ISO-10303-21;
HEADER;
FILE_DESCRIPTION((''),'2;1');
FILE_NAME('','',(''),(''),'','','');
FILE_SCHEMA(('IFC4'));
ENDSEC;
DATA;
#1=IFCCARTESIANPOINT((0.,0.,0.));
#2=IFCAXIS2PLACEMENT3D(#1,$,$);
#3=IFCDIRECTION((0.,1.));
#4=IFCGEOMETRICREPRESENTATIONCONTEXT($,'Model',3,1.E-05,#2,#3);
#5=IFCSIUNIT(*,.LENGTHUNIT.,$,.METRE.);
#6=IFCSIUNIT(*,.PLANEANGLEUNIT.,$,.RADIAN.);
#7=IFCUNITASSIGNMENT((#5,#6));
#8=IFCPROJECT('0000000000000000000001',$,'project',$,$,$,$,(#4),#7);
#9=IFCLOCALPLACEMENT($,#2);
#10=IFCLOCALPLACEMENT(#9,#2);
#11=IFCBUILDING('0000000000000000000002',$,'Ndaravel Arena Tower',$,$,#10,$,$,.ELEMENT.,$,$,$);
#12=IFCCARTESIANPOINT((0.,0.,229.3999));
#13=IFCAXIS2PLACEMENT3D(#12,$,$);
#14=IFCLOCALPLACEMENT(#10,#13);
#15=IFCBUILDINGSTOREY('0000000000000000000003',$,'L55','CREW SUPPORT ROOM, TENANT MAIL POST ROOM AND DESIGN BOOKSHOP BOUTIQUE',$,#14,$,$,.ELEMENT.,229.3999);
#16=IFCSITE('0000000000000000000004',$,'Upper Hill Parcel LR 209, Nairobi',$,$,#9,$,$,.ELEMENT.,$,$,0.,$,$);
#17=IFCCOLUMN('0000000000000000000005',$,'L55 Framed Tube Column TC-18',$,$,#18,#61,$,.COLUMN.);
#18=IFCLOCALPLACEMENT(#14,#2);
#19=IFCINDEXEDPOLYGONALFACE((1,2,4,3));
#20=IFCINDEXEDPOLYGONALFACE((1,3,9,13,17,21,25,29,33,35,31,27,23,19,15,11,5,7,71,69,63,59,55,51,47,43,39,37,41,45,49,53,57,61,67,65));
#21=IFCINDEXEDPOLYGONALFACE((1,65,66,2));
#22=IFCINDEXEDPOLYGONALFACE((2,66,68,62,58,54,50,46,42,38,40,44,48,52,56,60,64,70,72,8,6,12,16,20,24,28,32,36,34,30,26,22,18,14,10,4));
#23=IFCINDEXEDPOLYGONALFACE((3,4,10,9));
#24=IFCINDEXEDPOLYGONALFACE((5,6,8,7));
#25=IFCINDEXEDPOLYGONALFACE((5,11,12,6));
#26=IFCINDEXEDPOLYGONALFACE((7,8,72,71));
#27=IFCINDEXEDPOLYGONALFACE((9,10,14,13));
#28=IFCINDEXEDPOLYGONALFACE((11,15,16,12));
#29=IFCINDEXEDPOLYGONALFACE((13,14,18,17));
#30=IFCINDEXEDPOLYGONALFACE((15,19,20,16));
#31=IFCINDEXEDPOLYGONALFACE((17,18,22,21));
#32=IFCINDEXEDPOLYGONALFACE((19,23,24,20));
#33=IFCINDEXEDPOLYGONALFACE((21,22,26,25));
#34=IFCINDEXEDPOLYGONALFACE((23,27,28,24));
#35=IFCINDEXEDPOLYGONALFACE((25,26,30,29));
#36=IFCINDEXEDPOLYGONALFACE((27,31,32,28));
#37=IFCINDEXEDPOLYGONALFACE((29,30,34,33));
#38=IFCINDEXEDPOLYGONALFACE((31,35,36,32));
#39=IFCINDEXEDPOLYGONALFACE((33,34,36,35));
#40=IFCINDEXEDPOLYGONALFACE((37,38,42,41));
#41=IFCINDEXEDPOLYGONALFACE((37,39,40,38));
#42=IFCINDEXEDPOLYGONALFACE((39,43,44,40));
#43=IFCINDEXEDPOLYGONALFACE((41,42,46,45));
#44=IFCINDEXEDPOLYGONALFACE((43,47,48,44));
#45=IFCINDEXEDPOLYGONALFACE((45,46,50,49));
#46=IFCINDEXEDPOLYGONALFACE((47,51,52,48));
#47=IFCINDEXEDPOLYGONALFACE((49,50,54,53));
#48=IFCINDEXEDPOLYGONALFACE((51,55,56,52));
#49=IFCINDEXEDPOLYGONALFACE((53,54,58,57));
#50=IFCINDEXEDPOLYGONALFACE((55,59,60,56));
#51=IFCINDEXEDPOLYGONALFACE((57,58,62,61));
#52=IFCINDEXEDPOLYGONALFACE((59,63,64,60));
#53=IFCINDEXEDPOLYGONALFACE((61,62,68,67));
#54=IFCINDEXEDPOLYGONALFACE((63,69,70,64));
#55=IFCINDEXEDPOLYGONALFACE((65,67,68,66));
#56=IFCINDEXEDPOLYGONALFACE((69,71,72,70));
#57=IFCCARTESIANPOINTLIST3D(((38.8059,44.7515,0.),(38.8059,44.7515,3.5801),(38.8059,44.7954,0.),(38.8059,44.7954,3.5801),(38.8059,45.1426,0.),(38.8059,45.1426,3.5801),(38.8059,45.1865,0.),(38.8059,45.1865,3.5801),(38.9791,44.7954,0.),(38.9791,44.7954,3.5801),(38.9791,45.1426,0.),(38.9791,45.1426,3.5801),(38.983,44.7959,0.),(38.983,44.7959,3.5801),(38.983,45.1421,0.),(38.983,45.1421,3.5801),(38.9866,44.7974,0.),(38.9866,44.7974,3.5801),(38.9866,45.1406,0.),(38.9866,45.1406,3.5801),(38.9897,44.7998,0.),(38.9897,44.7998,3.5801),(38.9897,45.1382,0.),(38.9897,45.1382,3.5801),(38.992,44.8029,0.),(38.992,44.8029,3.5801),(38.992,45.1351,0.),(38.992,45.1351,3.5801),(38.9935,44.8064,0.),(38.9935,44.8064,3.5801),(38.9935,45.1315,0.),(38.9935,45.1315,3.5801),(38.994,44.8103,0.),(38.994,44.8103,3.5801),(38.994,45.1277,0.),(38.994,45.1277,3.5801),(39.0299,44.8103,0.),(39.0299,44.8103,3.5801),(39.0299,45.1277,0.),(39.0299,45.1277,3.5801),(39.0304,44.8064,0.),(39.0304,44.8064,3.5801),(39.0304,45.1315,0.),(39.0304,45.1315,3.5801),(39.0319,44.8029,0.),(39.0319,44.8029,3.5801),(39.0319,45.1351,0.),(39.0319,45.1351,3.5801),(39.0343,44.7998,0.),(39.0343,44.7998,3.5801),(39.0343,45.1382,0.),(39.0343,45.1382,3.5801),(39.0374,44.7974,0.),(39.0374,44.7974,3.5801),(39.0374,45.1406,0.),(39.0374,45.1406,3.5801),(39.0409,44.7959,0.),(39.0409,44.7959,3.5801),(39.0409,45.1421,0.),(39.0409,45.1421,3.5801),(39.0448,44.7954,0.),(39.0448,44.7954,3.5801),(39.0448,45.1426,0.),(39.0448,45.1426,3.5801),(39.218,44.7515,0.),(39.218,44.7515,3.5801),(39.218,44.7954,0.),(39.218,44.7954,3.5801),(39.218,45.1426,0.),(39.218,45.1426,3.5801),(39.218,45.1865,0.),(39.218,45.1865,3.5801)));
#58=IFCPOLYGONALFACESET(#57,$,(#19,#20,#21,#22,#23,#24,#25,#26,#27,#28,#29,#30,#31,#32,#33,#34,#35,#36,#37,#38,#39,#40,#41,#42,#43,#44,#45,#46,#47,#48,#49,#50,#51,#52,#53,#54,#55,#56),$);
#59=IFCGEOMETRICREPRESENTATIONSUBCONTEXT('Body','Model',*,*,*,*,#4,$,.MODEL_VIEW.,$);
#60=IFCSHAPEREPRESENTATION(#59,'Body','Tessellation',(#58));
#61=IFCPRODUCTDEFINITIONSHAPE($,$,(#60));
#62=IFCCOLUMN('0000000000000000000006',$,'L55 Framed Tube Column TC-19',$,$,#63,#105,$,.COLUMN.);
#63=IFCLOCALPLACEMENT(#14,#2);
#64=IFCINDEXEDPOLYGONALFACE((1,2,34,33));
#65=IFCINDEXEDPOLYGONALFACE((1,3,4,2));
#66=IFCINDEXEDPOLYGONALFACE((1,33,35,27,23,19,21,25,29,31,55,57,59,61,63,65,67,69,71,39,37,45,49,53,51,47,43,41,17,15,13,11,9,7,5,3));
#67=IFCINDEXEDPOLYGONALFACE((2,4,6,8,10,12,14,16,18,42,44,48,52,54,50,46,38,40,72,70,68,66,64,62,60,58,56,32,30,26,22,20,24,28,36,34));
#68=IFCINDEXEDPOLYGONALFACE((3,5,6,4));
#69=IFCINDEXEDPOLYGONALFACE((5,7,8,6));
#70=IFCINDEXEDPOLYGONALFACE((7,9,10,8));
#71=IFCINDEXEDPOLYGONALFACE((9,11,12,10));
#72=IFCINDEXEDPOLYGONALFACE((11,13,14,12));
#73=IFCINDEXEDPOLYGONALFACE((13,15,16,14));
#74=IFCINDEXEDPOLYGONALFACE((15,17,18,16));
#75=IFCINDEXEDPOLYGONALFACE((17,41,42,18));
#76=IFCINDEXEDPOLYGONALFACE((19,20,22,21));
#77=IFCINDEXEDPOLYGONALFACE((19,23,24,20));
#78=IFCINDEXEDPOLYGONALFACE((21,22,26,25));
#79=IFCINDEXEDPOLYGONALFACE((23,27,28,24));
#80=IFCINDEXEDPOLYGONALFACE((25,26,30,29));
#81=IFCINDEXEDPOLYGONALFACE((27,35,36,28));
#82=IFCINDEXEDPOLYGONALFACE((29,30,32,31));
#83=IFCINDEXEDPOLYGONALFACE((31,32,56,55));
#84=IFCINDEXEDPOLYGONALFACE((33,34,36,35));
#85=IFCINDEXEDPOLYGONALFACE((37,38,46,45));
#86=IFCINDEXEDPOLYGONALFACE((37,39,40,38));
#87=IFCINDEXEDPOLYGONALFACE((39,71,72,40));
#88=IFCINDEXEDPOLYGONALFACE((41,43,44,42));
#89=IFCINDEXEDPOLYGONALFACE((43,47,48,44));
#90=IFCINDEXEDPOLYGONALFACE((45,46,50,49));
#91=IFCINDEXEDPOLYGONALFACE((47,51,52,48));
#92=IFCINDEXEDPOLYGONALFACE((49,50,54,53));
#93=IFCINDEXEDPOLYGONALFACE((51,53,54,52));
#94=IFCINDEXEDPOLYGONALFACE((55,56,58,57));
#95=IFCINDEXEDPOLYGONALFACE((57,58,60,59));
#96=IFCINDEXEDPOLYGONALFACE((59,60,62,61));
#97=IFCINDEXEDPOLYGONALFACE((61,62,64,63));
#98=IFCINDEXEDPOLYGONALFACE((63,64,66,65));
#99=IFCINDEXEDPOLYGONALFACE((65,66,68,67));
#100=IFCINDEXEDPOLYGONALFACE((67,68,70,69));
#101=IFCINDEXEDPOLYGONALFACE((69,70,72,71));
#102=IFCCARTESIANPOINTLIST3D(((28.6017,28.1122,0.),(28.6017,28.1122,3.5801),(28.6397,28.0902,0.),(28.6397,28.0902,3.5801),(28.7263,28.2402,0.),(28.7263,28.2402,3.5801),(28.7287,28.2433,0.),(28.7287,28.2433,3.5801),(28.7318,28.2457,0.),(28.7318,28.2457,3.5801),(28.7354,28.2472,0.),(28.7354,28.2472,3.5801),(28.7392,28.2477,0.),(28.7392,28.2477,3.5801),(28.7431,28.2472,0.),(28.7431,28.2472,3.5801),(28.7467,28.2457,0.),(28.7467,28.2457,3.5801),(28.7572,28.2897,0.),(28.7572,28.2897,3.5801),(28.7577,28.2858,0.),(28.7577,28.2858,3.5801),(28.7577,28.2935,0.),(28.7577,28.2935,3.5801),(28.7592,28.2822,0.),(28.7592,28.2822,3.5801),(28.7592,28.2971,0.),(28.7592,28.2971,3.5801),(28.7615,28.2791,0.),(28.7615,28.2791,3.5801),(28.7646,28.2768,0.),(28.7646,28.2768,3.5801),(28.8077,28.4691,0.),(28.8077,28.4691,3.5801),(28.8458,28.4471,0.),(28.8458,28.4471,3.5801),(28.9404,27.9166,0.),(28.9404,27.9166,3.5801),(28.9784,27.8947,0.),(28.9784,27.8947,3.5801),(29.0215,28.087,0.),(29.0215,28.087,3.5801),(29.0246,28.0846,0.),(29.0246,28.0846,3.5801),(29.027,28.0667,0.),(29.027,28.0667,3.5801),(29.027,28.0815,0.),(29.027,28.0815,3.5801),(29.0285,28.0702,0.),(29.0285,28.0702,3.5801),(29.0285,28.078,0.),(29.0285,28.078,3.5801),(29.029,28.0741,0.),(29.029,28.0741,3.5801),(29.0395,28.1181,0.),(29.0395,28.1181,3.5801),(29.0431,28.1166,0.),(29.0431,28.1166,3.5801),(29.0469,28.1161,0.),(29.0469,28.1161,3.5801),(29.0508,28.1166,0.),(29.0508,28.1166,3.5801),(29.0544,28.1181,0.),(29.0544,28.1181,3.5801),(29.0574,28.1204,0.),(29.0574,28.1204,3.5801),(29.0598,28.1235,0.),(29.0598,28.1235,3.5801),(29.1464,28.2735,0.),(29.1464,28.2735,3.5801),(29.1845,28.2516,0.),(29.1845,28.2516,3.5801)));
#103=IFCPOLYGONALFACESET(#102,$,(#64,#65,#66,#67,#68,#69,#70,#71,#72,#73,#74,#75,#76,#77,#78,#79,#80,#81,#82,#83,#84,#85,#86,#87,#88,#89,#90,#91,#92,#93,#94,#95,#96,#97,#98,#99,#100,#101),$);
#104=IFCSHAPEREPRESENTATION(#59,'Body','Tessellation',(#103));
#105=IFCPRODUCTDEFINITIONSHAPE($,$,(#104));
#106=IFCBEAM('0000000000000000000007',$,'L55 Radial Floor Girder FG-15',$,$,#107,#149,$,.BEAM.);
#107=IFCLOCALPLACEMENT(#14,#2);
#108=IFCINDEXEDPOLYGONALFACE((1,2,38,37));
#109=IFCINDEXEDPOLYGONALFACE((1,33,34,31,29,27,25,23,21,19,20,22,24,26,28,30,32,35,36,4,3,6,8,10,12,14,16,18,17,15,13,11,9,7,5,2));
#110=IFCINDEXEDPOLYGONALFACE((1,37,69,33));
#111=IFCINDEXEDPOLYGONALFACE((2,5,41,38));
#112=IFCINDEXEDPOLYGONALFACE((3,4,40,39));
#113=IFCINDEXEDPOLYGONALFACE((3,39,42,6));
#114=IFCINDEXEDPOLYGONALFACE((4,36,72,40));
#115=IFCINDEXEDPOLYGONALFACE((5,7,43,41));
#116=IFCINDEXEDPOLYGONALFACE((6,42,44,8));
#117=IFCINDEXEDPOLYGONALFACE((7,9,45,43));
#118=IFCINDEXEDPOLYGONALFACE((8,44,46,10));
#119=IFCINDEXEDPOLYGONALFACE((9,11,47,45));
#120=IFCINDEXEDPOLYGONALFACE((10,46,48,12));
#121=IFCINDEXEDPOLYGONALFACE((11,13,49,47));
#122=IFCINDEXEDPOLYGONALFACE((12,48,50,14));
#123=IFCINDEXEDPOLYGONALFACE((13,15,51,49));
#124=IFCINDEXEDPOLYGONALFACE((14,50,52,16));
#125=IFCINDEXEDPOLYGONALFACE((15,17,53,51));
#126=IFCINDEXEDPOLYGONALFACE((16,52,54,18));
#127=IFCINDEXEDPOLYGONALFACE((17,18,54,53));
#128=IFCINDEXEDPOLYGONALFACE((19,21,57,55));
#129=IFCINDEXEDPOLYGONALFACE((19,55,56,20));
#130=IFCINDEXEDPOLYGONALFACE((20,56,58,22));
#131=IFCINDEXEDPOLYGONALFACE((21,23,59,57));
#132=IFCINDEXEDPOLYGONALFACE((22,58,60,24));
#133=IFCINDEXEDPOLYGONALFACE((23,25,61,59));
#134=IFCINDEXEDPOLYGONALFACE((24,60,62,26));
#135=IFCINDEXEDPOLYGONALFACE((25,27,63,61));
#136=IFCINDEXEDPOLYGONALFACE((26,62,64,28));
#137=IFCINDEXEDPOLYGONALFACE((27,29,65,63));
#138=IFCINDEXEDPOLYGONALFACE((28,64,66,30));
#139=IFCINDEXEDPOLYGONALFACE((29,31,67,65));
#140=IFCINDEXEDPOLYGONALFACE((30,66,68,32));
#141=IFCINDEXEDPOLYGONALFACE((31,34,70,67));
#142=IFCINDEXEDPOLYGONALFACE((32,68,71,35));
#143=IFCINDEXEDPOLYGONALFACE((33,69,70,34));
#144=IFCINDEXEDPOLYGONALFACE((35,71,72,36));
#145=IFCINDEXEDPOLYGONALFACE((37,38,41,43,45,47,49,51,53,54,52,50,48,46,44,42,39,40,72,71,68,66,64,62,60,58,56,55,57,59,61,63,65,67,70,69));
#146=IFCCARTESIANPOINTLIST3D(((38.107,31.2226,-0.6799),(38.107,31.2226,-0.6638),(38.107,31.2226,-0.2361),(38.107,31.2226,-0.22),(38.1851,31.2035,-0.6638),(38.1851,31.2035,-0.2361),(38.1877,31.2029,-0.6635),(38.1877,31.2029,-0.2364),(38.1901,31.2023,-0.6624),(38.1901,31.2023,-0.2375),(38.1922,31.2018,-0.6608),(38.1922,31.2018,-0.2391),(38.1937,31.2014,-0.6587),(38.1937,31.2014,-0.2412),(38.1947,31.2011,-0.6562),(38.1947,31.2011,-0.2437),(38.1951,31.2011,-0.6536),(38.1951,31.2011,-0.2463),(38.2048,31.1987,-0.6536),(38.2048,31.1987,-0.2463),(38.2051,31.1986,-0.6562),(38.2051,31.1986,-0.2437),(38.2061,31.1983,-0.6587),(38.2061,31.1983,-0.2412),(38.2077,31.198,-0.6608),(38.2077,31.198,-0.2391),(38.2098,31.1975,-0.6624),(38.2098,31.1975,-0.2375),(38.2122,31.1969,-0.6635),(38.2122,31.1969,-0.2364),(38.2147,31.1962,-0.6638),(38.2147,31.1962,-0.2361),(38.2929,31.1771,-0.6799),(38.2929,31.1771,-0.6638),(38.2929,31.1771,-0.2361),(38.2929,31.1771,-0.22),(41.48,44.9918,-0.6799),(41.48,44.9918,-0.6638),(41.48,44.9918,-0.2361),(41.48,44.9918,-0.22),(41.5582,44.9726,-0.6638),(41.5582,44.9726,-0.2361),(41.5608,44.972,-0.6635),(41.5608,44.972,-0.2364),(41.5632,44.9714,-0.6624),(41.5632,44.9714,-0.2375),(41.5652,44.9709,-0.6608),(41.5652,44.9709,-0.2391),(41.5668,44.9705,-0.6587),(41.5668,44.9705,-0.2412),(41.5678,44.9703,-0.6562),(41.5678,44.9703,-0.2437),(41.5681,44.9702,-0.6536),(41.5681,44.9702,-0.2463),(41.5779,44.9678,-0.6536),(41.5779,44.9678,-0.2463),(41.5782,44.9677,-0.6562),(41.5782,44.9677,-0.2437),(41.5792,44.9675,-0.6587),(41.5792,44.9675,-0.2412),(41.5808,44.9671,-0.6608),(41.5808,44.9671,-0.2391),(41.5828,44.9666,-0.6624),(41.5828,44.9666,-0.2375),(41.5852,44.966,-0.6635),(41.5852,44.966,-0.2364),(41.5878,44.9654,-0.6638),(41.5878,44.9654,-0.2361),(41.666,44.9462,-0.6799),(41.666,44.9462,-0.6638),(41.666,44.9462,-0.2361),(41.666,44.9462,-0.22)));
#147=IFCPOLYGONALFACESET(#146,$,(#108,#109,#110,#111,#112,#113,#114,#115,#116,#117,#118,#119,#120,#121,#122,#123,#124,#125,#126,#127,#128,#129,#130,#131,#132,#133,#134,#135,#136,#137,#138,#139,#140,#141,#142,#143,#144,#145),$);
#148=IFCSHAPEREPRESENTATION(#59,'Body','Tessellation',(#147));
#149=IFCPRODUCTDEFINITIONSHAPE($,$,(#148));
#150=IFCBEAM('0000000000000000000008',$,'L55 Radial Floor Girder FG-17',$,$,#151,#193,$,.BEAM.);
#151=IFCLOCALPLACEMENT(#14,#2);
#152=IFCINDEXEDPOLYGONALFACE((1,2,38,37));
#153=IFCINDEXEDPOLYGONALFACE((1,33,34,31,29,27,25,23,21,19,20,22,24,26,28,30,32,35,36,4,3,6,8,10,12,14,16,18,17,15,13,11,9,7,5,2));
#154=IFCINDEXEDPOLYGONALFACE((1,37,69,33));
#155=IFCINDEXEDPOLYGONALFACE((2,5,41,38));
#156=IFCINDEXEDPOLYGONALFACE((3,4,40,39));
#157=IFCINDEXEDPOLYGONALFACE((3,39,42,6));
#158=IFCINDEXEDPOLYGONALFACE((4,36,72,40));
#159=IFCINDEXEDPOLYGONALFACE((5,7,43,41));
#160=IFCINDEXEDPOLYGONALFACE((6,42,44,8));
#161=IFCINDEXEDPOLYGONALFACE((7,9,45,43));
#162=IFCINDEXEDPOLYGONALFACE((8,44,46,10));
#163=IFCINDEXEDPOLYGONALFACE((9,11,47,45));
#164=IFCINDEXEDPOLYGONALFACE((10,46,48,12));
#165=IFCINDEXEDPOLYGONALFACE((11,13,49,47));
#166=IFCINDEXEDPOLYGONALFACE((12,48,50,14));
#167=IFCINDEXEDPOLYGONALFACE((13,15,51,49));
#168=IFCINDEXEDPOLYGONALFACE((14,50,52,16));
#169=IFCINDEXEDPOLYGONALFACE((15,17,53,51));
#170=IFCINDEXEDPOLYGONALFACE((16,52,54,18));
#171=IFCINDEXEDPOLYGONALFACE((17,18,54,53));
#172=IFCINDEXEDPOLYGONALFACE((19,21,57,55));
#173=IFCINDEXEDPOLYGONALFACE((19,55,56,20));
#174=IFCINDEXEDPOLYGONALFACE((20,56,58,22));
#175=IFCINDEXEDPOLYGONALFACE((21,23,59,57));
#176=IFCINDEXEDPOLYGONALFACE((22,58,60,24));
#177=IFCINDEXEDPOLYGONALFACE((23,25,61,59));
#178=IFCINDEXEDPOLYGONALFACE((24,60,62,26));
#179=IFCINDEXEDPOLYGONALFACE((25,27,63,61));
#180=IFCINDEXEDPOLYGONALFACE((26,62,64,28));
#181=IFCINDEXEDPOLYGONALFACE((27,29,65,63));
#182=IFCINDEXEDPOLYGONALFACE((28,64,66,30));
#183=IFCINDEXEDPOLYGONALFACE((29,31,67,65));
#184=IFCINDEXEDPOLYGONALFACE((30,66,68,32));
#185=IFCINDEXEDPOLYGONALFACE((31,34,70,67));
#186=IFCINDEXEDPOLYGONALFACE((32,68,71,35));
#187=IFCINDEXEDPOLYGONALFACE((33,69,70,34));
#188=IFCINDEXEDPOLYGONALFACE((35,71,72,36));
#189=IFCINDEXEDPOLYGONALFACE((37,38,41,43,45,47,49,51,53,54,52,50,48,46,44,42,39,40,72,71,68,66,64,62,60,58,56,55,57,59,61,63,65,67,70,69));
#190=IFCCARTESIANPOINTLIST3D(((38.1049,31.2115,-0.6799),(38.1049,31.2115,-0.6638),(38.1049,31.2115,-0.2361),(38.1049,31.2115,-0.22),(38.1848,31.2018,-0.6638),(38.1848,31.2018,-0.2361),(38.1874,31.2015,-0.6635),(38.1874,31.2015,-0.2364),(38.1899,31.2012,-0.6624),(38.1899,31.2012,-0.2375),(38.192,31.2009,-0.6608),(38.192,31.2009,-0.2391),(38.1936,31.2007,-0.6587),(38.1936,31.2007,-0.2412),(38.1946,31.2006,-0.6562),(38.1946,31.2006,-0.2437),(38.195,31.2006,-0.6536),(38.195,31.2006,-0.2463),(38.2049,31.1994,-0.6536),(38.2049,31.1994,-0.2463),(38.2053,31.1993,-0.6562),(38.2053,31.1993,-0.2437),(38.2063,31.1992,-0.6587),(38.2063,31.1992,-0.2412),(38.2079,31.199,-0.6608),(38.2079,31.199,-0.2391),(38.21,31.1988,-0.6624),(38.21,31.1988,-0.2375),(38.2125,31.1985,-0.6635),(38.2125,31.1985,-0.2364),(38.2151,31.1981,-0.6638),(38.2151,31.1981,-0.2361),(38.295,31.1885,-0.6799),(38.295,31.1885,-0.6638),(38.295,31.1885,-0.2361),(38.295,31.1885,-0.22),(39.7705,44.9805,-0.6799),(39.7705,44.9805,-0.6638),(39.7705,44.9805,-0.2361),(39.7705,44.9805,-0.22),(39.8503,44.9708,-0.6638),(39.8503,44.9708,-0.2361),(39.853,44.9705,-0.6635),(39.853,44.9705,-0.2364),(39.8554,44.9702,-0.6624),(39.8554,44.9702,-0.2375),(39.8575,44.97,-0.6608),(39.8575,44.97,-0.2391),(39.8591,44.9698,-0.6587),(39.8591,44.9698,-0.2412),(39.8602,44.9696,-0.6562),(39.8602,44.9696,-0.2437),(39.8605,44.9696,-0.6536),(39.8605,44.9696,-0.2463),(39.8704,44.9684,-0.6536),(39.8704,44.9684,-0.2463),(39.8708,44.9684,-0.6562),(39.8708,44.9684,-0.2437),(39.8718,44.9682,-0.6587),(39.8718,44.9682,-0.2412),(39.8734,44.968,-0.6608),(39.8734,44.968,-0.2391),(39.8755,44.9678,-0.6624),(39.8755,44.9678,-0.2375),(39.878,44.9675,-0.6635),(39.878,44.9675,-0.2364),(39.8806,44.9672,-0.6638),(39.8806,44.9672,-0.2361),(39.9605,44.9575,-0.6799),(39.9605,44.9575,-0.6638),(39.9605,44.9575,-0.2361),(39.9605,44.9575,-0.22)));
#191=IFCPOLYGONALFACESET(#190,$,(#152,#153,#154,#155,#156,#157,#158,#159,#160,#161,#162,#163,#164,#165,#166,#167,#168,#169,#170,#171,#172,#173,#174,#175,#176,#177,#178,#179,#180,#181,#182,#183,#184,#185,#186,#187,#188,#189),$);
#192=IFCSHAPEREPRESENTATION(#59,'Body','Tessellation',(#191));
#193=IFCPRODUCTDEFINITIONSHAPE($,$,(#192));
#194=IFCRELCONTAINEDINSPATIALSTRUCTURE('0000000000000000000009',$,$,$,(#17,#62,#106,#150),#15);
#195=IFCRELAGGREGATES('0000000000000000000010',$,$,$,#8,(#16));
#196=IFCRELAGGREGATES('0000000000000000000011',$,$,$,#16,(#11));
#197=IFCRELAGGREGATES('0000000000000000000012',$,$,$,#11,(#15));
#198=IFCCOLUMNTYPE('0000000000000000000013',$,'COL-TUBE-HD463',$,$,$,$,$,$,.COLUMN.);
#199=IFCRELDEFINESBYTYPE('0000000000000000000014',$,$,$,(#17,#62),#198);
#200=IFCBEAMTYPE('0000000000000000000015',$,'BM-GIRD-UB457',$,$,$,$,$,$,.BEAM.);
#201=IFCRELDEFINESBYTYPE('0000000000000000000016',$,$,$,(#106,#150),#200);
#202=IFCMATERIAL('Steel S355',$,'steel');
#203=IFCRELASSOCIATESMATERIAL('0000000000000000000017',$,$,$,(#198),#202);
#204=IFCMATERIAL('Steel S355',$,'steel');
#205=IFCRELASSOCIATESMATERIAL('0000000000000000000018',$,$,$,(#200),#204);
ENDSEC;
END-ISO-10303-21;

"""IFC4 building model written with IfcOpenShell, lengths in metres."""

from ifc_helpers import new_model, si_unit, direction, frame, origin, origin_2d, place, context, subcontext, project, spatial, i_section, extrude, material, material_profile, profile_set, type_object, element, save


model = new_model("IFC4")

# Units and contexts
model_context = context("Model", 3, precision=1e-05, world=origin(), true_north=direction((0.0, 1.0)))
body_context = subcontext(model_context, "Body", "Model", "MODEL_VIEW")
ifc_project = project(units=[si_unit("LENGTHUNIT", "METRE"), si_unit("PLANEANGLEUNIT", "RADIAN")], contexts=[model_context])

# Site, building, storey
site_placement = place(None, origin())
site = spatial("IfcSite", under=ifc_project, at=site_placement, Name="Upper Hill Parcel LR 209, Nairobi", CompositionType="ELEMENT", RefElevation=0.0)
building_placement = place(site_placement, origin())
building = spatial("IfcBuilding", under=site, at=building_placement, Name="Ndaravel Arena Tower", CompositionType="ELEMENT")
storey_placement = place(building_placement, frame((0.0, 0.0, 229.3999)))
storey = spatial("IfcBuildingStorey", under=building, at=storey_placement, Name="L55", Description="CREW SUPPORT ROOM, TENANT MAIL POST ROOM AND DESIGN BOOKSHOP BOUTIQUE", CompositionType="ELEMENT", Elevation=229.3999)

# Columns
ifc_material_1 = material(Name="Steel S355", Category="steel")
ifc_material_profile_1 = material_profile(ifc_material_1, i_section(OverallWidth=0.4121, OverallDepth=0.4351, WebThickness=0.0359, FlangeThickness=0.0439, FilletRadius=0.0149, at=origin_2d()), Name="HD 400x463")
ifc_profile_set_1 = profile_set([ifc_material_profile_1], Name="Steel S355")
column_type_1 = type_object("IfcColumnType", Name="COL-TUBE-HD463", PredefinedType="COLUMN", material=ifc_profile_set_1)
for number, where, z_axis, x_axis, name in (
    (1, (39.012, 44.969, 0.0), (0.0, 0.0, 1.0), (1.0, 0.0, 0.0), "L55 Framed Tube Column TC-18"),
    (2, (28.8931, 28.1819, 0.0), (0.0, 0.0, 1.0), (0.5, 0.866025, 0.0), "L55 Framed Tube Column TC-19"),
):
    element("IfcColumn", number, at=place(storey_placement, frame(where, z_axis=z_axis, x_axis=x_axis)), inside=storey, type_object=column_type_1, Name=name, PredefinedType="COLUMN", context=body_context, shape_type="SweptSolid", body=[
        extrude(i_section(OverallWidth=0.4121, OverallDepth=0.4351, WebThickness=0.0359, FlangeThickness=0.0439, FilletRadius=0.0149, at=origin_2d()), origin(), (0.0, 0.0, 1.0), 3.5801),
    ])

# Beams
ifc_material_2 = material(Name="Steel S355", Category="steel")
ifc_material_profile_2 = material_profile(ifc_material_2, i_section(OverallWidth=0.1914, OverallDepth=0.46, WebThickness=0.01, FlangeThickness=0.0161, FilletRadius=0.0103, at=origin_2d()), Name="UB 457x191x82")
ifc_profile_set_2 = profile_set([ifc_material_profile_2], Name="Steel S355")
beam_type_1 = type_object("IfcBeamType", Name="BM-GIRD-UB457", PredefinedType="BEAM", material=ifc_profile_set_2)
beam_1_placement = place(storey_placement, frame((41.573, 44.969, -0.45), z_axis=(-0.237938, -0.97128, 0.0), x_axis=(0.97128, -0.237938, 0.0)))
element("IfcBeam", 3, at=beam_1_placement, inside=storey, type_object=beam_type_1, Name="L55 Radial Floor Girder FG-15", PredefinedType="BEAM", context=body_context, shape_type="SweptSolid", body=[
    extrude(i_section(OverallWidth=0.1914, OverallDepth=0.46, WebThickness=0.01, FlangeThickness=0.0161, FilletRadius=0.0103, at=origin_2d()), origin(), (0.0, 0.0, 1.0), 14.1763),
])
beam_2_placement = place(storey_placement, frame((39.8655, 44.969, -0.45), z_axis=(-0.120086, -0.992763, 0.0), x_axis=(0.992763, -0.120086, 0.0)))
element("IfcBeam", 4, at=beam_2_placement, inside=storey, type_object=beam_type_1, Name="L55 Radial Floor Girder FG-17", PredefinedType="BEAM", context=body_context, shape_type="SweptSolid", body=[
    extrude(i_section(OverallWidth=0.1914, OverallDepth=0.46, WebThickness=0.01, FlangeThickness=0.0161, FilletRadius=0.0103, at=origin_2d()), origin(), (0.0, 0.0, 1.0), 13.8694),
])

save(model, "model.ifc")
